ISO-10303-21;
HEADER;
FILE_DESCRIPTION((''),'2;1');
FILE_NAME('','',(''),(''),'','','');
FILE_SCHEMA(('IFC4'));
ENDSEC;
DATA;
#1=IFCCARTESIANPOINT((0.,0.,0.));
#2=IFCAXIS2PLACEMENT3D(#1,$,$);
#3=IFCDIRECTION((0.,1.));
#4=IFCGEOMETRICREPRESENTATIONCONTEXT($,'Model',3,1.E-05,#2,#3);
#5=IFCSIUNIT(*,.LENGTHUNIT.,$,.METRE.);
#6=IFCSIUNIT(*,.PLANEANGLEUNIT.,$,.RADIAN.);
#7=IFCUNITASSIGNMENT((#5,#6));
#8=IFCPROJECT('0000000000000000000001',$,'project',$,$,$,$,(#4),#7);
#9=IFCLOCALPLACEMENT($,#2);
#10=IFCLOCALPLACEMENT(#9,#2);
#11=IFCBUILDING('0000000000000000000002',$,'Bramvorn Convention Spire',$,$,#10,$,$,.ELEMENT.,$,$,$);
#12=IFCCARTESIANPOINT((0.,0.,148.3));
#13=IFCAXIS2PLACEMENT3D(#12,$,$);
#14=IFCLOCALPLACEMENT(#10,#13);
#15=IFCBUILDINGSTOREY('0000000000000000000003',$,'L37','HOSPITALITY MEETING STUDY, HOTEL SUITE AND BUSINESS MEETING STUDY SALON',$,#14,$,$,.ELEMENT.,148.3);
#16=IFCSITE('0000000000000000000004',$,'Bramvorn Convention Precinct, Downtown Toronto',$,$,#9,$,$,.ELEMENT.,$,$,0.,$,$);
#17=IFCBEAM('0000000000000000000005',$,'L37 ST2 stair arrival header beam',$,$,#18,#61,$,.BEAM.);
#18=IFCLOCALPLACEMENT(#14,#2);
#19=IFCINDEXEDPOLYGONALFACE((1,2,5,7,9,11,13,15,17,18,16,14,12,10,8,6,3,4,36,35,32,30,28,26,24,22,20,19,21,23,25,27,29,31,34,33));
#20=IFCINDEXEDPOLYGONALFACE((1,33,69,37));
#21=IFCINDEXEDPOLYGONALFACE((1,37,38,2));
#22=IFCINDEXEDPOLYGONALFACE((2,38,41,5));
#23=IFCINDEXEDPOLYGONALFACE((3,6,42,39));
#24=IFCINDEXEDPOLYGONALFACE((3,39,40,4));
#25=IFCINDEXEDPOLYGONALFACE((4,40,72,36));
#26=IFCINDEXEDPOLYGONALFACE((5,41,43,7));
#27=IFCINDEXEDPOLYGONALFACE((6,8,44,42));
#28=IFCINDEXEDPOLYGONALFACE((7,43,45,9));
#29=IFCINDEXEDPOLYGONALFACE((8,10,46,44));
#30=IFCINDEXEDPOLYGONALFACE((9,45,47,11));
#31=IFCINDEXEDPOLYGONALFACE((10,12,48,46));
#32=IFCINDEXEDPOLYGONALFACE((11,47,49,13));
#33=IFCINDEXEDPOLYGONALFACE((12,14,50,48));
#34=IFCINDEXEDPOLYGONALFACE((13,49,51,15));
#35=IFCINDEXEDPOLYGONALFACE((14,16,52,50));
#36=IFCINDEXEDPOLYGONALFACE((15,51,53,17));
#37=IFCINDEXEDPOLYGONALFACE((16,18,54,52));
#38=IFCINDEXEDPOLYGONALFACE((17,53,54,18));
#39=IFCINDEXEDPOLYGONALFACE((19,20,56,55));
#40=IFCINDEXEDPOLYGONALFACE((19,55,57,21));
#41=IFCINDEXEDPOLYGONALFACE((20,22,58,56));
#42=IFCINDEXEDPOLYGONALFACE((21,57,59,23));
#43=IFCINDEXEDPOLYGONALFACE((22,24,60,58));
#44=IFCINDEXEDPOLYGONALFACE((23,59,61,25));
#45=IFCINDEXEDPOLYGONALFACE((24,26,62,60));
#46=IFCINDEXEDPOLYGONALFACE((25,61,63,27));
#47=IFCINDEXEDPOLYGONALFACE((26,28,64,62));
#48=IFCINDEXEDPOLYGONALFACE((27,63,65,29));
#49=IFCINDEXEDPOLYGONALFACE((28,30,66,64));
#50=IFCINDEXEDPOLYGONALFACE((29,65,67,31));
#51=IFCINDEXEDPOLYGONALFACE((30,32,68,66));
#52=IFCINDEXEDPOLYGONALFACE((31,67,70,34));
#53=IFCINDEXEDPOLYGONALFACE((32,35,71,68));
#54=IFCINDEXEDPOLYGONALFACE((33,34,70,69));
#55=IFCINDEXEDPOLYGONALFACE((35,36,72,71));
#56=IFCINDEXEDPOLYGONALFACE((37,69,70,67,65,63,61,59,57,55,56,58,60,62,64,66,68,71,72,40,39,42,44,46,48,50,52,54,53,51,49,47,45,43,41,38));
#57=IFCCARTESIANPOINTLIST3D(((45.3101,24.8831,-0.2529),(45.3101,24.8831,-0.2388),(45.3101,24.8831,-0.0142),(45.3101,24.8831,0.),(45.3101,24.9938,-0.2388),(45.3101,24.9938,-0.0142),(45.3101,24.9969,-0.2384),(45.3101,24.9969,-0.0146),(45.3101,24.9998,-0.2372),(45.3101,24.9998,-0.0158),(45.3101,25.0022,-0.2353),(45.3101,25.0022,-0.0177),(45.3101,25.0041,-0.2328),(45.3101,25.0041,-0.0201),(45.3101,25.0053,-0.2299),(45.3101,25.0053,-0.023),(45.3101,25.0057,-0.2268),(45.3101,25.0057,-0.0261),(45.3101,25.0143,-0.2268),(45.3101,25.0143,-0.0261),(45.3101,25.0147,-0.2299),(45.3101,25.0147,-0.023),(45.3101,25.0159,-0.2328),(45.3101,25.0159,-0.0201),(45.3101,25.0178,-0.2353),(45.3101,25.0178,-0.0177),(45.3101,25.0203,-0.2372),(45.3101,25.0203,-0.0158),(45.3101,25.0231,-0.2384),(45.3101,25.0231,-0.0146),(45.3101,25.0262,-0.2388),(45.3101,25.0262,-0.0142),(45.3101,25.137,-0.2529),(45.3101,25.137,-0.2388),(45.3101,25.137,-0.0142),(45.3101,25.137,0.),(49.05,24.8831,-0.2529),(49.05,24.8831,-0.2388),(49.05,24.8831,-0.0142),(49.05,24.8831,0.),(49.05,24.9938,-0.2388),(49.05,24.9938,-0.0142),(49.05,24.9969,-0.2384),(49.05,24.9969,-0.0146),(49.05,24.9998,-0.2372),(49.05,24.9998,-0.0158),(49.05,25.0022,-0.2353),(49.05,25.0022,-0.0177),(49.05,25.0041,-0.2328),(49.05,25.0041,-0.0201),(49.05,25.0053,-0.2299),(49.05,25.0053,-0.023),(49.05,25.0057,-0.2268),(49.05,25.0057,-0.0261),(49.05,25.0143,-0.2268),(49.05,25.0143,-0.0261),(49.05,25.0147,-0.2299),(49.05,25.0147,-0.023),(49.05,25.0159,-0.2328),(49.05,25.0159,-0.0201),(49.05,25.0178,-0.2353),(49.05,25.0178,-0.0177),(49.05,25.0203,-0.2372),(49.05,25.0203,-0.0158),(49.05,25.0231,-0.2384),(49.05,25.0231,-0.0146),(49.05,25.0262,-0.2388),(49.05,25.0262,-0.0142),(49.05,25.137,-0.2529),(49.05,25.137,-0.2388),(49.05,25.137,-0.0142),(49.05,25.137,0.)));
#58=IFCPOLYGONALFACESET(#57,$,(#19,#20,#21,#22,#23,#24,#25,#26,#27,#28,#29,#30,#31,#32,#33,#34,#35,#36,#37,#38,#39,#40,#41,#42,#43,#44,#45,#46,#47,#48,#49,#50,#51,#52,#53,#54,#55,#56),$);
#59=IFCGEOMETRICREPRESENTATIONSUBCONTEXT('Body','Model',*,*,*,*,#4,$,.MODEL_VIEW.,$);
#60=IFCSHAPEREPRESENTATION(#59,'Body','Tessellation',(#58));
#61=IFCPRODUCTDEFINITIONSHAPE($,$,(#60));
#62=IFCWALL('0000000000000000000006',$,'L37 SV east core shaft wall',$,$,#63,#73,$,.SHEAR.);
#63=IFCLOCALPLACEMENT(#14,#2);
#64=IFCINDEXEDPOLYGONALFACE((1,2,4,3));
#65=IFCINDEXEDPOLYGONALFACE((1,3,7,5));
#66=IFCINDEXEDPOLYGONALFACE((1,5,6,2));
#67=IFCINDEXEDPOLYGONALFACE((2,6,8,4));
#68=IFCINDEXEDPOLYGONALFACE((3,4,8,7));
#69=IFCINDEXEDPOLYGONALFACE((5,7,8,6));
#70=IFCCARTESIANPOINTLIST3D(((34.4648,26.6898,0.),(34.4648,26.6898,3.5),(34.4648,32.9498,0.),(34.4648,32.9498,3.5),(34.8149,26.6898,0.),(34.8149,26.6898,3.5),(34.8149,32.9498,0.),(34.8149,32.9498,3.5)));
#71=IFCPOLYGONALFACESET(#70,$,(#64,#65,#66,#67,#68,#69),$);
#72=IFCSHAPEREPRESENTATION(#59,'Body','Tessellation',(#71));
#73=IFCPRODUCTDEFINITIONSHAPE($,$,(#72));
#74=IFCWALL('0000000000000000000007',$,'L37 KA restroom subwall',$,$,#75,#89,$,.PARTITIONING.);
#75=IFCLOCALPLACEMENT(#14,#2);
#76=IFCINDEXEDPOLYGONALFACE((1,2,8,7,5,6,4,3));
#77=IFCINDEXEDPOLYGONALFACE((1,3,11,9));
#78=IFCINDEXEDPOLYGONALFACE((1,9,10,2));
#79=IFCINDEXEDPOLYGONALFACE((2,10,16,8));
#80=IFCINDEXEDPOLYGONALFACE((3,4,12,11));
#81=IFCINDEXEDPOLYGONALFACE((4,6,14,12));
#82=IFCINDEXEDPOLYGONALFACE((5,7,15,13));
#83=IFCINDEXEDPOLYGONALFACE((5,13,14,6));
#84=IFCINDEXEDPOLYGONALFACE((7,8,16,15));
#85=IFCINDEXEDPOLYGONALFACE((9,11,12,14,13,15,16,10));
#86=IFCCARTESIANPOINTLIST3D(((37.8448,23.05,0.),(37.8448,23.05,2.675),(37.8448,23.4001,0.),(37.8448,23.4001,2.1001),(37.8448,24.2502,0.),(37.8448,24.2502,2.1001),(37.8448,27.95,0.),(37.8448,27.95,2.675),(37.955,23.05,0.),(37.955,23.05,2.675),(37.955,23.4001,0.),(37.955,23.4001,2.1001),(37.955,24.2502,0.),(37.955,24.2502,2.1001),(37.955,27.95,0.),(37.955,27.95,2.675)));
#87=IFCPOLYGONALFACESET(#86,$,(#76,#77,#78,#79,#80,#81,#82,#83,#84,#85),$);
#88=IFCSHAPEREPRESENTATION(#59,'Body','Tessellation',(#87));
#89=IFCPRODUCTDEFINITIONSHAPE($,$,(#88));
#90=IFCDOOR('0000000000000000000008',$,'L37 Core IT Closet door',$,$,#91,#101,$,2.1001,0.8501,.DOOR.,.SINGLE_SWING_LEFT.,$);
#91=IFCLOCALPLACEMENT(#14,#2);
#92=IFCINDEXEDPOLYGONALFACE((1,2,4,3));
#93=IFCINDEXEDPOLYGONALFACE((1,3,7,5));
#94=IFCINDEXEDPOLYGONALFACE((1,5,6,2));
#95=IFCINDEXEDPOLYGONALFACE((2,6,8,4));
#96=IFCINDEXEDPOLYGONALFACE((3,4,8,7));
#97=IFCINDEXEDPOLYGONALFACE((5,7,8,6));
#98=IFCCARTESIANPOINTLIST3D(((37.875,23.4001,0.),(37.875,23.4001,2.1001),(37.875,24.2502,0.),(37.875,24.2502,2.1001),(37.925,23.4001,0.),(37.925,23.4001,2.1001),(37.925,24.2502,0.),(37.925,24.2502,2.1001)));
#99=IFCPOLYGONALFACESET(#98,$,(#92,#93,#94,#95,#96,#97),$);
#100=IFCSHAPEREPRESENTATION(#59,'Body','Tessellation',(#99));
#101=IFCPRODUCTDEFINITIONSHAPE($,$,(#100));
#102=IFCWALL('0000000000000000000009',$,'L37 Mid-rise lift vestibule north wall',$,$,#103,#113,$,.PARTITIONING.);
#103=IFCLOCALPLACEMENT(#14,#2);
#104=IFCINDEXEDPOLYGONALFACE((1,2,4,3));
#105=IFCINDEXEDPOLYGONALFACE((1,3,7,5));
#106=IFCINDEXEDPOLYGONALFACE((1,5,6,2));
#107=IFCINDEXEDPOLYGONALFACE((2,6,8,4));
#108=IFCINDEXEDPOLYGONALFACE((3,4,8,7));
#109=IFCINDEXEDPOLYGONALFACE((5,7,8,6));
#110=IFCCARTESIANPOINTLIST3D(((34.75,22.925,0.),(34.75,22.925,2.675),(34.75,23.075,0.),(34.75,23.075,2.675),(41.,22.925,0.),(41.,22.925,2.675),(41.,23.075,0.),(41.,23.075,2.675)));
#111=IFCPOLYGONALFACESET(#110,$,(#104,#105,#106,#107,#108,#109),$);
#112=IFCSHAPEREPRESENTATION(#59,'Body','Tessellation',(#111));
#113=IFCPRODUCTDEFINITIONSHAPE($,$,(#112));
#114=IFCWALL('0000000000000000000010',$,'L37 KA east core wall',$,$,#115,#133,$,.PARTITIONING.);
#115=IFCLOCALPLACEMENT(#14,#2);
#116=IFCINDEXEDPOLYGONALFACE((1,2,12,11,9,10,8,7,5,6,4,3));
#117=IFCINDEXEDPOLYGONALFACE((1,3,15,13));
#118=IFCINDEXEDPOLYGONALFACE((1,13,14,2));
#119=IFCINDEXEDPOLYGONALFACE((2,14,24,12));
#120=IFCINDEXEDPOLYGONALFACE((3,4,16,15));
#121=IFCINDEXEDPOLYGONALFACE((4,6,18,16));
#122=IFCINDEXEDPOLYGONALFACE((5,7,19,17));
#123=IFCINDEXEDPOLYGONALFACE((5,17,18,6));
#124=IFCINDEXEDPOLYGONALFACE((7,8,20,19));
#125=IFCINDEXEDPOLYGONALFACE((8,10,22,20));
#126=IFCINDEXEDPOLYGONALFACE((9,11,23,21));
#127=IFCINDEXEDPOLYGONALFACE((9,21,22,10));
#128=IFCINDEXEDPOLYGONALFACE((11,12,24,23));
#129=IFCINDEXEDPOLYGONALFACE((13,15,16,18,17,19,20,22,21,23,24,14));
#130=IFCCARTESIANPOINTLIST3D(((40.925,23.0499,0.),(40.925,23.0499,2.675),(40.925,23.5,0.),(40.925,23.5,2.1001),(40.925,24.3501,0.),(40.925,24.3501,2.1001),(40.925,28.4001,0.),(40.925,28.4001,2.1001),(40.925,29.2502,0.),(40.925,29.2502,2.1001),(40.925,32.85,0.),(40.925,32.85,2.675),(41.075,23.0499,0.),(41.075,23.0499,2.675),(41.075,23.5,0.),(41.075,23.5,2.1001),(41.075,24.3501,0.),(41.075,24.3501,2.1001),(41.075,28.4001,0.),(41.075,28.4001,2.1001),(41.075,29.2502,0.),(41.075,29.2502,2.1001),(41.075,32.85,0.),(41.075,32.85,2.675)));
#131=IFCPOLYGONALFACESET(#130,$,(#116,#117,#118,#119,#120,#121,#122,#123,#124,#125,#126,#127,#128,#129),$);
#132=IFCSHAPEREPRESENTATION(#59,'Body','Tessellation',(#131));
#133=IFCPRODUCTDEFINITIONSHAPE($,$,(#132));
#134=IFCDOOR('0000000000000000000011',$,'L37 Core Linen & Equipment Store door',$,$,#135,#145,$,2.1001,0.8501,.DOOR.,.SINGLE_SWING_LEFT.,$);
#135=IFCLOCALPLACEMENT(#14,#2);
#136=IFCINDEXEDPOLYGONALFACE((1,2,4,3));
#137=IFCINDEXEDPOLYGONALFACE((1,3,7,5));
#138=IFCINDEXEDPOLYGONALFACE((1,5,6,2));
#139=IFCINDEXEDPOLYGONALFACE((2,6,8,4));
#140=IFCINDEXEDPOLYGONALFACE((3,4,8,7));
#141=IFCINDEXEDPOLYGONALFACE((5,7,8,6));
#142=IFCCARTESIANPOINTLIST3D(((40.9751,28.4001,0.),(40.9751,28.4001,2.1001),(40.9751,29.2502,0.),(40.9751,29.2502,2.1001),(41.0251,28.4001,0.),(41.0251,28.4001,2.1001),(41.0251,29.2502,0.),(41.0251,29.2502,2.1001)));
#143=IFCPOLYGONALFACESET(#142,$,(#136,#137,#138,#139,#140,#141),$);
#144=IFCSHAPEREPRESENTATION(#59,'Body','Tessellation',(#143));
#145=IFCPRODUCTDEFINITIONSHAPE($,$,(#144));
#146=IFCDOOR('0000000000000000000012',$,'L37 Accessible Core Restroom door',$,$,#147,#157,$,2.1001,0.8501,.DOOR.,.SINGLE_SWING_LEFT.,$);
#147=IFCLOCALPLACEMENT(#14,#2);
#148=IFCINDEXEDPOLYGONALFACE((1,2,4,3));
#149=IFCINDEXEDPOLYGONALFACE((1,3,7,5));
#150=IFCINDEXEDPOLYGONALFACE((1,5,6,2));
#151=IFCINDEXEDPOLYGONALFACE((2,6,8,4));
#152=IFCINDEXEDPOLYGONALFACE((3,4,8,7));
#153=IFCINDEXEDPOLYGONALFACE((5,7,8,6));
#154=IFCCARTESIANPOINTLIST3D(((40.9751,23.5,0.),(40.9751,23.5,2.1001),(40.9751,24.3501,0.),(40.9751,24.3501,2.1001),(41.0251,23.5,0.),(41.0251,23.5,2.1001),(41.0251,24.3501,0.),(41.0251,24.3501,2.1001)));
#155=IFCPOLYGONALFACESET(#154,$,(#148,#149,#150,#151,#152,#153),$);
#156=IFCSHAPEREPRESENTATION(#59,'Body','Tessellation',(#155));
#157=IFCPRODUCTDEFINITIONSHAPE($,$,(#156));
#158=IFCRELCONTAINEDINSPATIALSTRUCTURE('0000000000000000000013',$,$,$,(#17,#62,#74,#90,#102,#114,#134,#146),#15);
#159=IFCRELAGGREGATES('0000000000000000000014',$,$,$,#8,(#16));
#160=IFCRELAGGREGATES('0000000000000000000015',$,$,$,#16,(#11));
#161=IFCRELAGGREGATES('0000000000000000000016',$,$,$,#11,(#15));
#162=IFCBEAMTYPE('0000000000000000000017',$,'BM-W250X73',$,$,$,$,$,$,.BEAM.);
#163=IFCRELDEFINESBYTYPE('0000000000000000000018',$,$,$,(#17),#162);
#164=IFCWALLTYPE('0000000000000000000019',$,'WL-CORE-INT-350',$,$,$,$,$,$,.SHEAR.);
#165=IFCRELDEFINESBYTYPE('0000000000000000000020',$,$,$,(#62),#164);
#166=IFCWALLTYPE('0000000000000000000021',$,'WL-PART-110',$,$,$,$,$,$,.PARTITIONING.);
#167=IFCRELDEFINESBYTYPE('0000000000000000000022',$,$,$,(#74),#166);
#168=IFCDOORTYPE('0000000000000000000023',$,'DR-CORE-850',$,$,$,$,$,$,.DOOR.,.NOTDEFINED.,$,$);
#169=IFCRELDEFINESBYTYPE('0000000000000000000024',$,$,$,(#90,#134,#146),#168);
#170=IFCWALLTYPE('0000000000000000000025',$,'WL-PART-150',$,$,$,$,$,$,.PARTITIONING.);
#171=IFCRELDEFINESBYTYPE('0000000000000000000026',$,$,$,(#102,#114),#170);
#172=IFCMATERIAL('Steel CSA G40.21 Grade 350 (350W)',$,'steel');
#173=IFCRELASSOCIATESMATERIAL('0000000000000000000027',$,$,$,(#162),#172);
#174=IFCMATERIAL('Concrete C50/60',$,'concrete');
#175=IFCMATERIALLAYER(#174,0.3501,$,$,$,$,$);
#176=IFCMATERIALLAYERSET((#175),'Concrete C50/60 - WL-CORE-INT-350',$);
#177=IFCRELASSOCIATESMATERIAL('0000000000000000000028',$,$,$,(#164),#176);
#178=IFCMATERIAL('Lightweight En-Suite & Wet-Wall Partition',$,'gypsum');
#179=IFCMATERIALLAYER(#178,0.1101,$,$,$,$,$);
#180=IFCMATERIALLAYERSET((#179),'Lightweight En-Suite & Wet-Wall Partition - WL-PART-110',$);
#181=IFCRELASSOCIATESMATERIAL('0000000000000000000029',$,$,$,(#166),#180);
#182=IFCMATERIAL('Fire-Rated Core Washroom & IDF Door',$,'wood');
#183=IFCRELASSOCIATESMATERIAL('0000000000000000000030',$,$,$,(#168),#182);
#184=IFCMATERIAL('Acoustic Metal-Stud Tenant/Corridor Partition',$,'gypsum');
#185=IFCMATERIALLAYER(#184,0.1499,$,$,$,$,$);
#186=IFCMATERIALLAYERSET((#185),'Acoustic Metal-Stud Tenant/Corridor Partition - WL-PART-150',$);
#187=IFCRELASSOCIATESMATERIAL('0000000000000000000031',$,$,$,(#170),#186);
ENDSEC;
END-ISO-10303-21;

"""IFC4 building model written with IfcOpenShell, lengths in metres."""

from ifc_helpers import new_model, si_unit, direction, frame, frame_2d, origin, origin_2d, place, context, subcontext, project, spatial, rectangle, i_section, extrude, material, layer, layer_set, material_profile, profile_set, type_object, element, fill, save


model = new_model("IFC4")

# Units and contexts
model_context = context("Model", 3, precision=1e-05, world=origin(), true_north=direction((0.0, 1.0)))
body_context = subcontext(model_context, "Body", "Model", "MODEL_VIEW")
ifc_project = project(units=[si_unit("LENGTHUNIT", "METRE"), si_unit("PLANEANGLEUNIT", "RADIAN")], contexts=[model_context])

# Site, building, storey
site_placement = place(None, origin())
site = spatial("IfcSite", under=ifc_project, at=site_placement, Name="Bramvorn Convention Precinct, Downtown Toronto", CompositionType="ELEMENT", RefElevation=0.0)
building_placement = place(site_placement, origin())
building = spatial("IfcBuilding", under=site, at=building_placement, Name="Bramvorn Convention Spire", CompositionType="ELEMENT")
storey_placement = place(building_placement, frame((0.0, 0.0, 148.3)))
storey = spatial("IfcBuildingStorey", under=building, at=storey_placement, Name="L37", Description="HOSPITALITY MEETING STUDY, HOTEL SUITE AND BUSINESS MEETING STUDY SALON", CompositionType="ELEMENT", Elevation=148.3)

# Beam
ifc_material_1 = material(Name="Steel CSA G40.21 Grade 350 (350W)", Category="steel")
ifc_material_profile = material_profile(ifc_material_1, i_section(OverallWidth=0.2539, OverallDepth=0.2529, WebThickness=0.0085, FlangeThickness=0.0142, FilletRadius=0.012, at=origin_2d()))
ifc_profile_set = profile_set([ifc_material_profile], Name="Steel CSA G40.21 Grade 350 (350W) - W250X73")
beam_type = type_object("IfcBeamType", Name="BM-W250X73", PredefinedType="BEAM", material=ifc_profile_set)
beam_placement = place(storey_placement, frame((45.3101, 25.01, -0.1265), z_axis=(1.0, 0.0, 0.0), x_axis=(0.0, 1.0, 0.0)))
element("IfcBeam", 1, at=beam_placement, inside=storey, type_object=beam_type, Name="L37 ST2 stair arrival header beam", PredefinedType="BEAM", context=body_context, shape_type="SweptSolid", body=[
    extrude(i_section(OverallWidth=0.2539, OverallDepth=0.2529, WebThickness=0.0085, FlangeThickness=0.0142, FilletRadius=0.012, at=origin_2d()), origin(), (0.0, 0.0, 1.0), 3.74),
])

# Wall
ifc_material_2 = material(Name="Concrete C50/60", Category="concrete")
ifc_layer_1 = layer(ifc_material_2, 0.3501)
ifc_layer_set_1 = layer_set([ifc_layer_1], Name="Concrete C50/60 - WL-CORE-INT-350")
wall_type_1 = type_object("IfcWallType", Name="WL-CORE-INT-350", PredefinedType="SHEAR", material=ifc_layer_set_1)
wall_1_placement = place(storey_placement, frame((34.6399, 26.6899, 0.0), z_axis=(0.0, 0.0, 1.0), x_axis=(0.0, 1.0, 0.0)))
element("IfcWall", 2, at=wall_1_placement, inside=storey, type_object=wall_type_1, Name="L37 SV east core shaft wall", PredefinedType="SHEAR", context=body_context, shape_type="SweptSolid", body=[
    extrude(rectangle(XDim=6.26, YDim=0.3501, at=frame_2d((3.1299, 0.0))), origin(), (0.0, 0.0, 1.0), 3.5),
])

# Wall, opening, door
ifc_material_3 = material(Name="Lightweight En-Suite & Wet-Wall Partition", Category="gypsum")
ifc_layer_2 = layer(ifc_material_3, 0.1101)
ifc_layer_set_2 = layer_set([ifc_layer_2], Name="Lightweight En-Suite & Wet-Wall Partition - WL-PART-110")
wall_type_2 = type_object("IfcWallType", Name="WL-PART-110", PredefinedType="PARTITIONING", material=ifc_layer_set_2)
wall_2_placement = place(storey_placement, frame((37.8999, 23.05, 0.0), z_axis=(0.0, 0.0, 1.0), x_axis=(0.0, 1.0, 0.0)))
wall_2 = element("IfcWall", 3, at=wall_2_placement, inside=storey, type_object=wall_type_2, Name="L37 KA restroom subwall", PredefinedType="PARTITIONING", context=body_context, shape_type="SweptSolid", body=[
    extrude(rectangle(XDim=4.8999, YDim=0.1101, at=frame_2d((2.45, 0.0))), origin(), (0.0, 0.0, 1.0), 2.675),
])
opening_1_placement = place(wall_2_placement, frame((0.3501, 0.0, 0.0)))
opening_1 = element("IfcOpeningElement", 4, at=opening_1_placement, cuts=wall_2, PredefinedType="OPENING", context=body_context, shape_type="SweptSolid", body=[
    extrude(rectangle(XDim=0.8501, YDim=2.1001, at=frame_2d((0.425, 1.05))), frame((0.0, 0.0649, 0.0), z_axis=(0.0, -1.0, 0.0), x_axis=(1.0, 0.0, 0.0)), (0.0, 0.0, 1.0), 0.1301),
])
ifc_material_4 = material(Name="Fire-Rated Core Washroom & IDF Door", Category="wood")
door_type_1 = type_object("IfcDoorType", Name="DR-CORE-850", OperationType="NOTDEFINED", PredefinedType="DOOR", material=ifc_material_4)
door_1_placement = place(opening_1_placement, origin())
door_1 = element("IfcDoor", 5, at=door_1_placement, inside=storey, type_object=door_type_1, Name="L37 Core IT Closet door", OperationType="SINGLE_SWING_LEFT", OverallHeight=2.1001, OverallWidth=0.8501, PredefinedType="DOOR", context=body_context, shape_type="SweptSolid", body=[
    extrude(rectangle(XDim=0.8501, YDim=2.1001, at=frame_2d((0.425, 1.05))), frame((0.0, 0.0249, 0.0), z_axis=(0.0, -1.0, 0.0), x_axis=(1.0, 0.0, 0.0)), (0.0, 0.0, 1.0), 0.05),
])
fill(opening_1, door_1)

# Wall
ifc_material_5 = material(Name="Acoustic Metal-Stud Tenant/Corridor Partition", Category="gypsum")
ifc_layer_3 = layer(ifc_material_5, 0.1499)
ifc_layer_set_3 = layer_set([ifc_layer_3], Name="Acoustic Metal-Stud Tenant/Corridor Partition - WL-PART-150")
wall_type_3 = type_object("IfcWallType", Name="WL-PART-150", PredefinedType="PARTITIONING", material=ifc_layer_set_3)
wall_3_placement = place(storey_placement, frame((34.75, 23.0, 0.0), z_axis=(0.0, 0.0, 1.0), x_axis=(1.0, 0.0, 0.0)))
element("IfcWall", 6, at=wall_3_placement, inside=storey, type_object=wall_type_3, Name="L37 Mid-rise lift vestibule north wall", PredefinedType="PARTITIONING", context=body_context, shape_type="SweptSolid", body=[
    extrude(rectangle(XDim=6.25, YDim=0.1499, at=frame_2d((3.125, 0.0))), origin(), (0.0, 0.0, 1.0), 2.675),
])

# Wall, openings, doors
wall_4_placement = place(storey_placement, frame((41.0, 23.05, 0.0), z_axis=(0.0, 0.0, 1.0), x_axis=(0.0, 1.0, 0.0)))
wall_4 = element("IfcWall", 7, at=wall_4_placement, inside=storey, type_object=wall_type_3, Name="L37 KA east core wall", PredefinedType="PARTITIONING", context=body_context, shape_type="SweptSolid", body=[
    extrude(rectangle(XDim=9.8, YDim=0.1499, at=frame_2d((4.8999, 0.0))), origin(), (0.0, 0.0, 1.0), 2.675),
])
opening_2_placement = place(wall_4_placement, frame((5.3501, 0.0, 0.0)))
opening_2 = element("IfcOpeningElement", 8, at=opening_2_placement, cuts=wall_4, PredefinedType="OPENING", context=body_context, shape_type="SweptSolid", body=[
    extrude(rectangle(XDim=0.8501, YDim=2.1001, at=frame_2d((0.425, 1.05))), frame((0.0, 0.085, 0.0), z_axis=(0.0, -1.0, 0.0), x_axis=(1.0, 0.0, 0.0)), (0.0, 0.0, 1.0), 0.1699),
])
opening_3_placement = place(wall_4_placement, frame((0.45, 0.0, 0.0)))
opening_3 = element("IfcOpeningElement", 9, at=opening_3_placement, cuts=wall_4, PredefinedType="OPENING", context=body_context, shape_type="SweptSolid", body=[
    extrude(rectangle(XDim=0.8501, YDim=2.1001, at=frame_2d((0.425, 1.05))), frame((0.0, 0.085, 0.0), z_axis=(0.0, -1.0, 0.0), x_axis=(1.0, 0.0, 0.0)), (0.0, 0.0, 1.0), 0.1699),
])
door_2_placement = place(opening_2_placement, origin())
door_2 = element("IfcDoor", 10, at=door_2_placement, inside=storey, type_object=door_type_1, Name="L37 Core Linen & Equipment Store door", OperationType="SINGLE_SWING_LEFT", OverallHeight=2.1001, OverallWidth=0.8501, PredefinedType="DOOR", context=body_context, shape_type="SweptSolid", body=[
    extrude(rectangle(XDim=0.8501, YDim=2.1001, at=frame_2d((0.425, 1.05))), frame((0.0, 0.0249, 0.0), z_axis=(0.0, -1.0, 0.0), x_axis=(1.0, 0.0, 0.0)), (0.0, 0.0, 1.0), 0.05),
])
fill(opening_2, door_2)
door_3_placement = place(opening_3_placement, origin())
door_3 = element("IfcDoor", 11, at=door_3_placement, inside=storey, type_object=door_type_1, Name="L37 Accessible Core Restroom door", OperationType="SINGLE_SWING_LEFT", OverallHeight=2.1001, OverallWidth=0.8501, PredefinedType="DOOR", context=body_context, shape_type="SweptSolid", body=[
    extrude(rectangle(XDim=0.8501, YDim=2.1001, at=frame_2d((0.425, 1.05))), frame((0.0, 0.0249, 0.0), z_axis=(0.0, -1.0, 0.0), x_axis=(1.0, 0.0, 0.0)), (0.0, 0.0, 1.0), 0.05),
])
fill(opening_3, door_3)

save(model, "model.ifc")
